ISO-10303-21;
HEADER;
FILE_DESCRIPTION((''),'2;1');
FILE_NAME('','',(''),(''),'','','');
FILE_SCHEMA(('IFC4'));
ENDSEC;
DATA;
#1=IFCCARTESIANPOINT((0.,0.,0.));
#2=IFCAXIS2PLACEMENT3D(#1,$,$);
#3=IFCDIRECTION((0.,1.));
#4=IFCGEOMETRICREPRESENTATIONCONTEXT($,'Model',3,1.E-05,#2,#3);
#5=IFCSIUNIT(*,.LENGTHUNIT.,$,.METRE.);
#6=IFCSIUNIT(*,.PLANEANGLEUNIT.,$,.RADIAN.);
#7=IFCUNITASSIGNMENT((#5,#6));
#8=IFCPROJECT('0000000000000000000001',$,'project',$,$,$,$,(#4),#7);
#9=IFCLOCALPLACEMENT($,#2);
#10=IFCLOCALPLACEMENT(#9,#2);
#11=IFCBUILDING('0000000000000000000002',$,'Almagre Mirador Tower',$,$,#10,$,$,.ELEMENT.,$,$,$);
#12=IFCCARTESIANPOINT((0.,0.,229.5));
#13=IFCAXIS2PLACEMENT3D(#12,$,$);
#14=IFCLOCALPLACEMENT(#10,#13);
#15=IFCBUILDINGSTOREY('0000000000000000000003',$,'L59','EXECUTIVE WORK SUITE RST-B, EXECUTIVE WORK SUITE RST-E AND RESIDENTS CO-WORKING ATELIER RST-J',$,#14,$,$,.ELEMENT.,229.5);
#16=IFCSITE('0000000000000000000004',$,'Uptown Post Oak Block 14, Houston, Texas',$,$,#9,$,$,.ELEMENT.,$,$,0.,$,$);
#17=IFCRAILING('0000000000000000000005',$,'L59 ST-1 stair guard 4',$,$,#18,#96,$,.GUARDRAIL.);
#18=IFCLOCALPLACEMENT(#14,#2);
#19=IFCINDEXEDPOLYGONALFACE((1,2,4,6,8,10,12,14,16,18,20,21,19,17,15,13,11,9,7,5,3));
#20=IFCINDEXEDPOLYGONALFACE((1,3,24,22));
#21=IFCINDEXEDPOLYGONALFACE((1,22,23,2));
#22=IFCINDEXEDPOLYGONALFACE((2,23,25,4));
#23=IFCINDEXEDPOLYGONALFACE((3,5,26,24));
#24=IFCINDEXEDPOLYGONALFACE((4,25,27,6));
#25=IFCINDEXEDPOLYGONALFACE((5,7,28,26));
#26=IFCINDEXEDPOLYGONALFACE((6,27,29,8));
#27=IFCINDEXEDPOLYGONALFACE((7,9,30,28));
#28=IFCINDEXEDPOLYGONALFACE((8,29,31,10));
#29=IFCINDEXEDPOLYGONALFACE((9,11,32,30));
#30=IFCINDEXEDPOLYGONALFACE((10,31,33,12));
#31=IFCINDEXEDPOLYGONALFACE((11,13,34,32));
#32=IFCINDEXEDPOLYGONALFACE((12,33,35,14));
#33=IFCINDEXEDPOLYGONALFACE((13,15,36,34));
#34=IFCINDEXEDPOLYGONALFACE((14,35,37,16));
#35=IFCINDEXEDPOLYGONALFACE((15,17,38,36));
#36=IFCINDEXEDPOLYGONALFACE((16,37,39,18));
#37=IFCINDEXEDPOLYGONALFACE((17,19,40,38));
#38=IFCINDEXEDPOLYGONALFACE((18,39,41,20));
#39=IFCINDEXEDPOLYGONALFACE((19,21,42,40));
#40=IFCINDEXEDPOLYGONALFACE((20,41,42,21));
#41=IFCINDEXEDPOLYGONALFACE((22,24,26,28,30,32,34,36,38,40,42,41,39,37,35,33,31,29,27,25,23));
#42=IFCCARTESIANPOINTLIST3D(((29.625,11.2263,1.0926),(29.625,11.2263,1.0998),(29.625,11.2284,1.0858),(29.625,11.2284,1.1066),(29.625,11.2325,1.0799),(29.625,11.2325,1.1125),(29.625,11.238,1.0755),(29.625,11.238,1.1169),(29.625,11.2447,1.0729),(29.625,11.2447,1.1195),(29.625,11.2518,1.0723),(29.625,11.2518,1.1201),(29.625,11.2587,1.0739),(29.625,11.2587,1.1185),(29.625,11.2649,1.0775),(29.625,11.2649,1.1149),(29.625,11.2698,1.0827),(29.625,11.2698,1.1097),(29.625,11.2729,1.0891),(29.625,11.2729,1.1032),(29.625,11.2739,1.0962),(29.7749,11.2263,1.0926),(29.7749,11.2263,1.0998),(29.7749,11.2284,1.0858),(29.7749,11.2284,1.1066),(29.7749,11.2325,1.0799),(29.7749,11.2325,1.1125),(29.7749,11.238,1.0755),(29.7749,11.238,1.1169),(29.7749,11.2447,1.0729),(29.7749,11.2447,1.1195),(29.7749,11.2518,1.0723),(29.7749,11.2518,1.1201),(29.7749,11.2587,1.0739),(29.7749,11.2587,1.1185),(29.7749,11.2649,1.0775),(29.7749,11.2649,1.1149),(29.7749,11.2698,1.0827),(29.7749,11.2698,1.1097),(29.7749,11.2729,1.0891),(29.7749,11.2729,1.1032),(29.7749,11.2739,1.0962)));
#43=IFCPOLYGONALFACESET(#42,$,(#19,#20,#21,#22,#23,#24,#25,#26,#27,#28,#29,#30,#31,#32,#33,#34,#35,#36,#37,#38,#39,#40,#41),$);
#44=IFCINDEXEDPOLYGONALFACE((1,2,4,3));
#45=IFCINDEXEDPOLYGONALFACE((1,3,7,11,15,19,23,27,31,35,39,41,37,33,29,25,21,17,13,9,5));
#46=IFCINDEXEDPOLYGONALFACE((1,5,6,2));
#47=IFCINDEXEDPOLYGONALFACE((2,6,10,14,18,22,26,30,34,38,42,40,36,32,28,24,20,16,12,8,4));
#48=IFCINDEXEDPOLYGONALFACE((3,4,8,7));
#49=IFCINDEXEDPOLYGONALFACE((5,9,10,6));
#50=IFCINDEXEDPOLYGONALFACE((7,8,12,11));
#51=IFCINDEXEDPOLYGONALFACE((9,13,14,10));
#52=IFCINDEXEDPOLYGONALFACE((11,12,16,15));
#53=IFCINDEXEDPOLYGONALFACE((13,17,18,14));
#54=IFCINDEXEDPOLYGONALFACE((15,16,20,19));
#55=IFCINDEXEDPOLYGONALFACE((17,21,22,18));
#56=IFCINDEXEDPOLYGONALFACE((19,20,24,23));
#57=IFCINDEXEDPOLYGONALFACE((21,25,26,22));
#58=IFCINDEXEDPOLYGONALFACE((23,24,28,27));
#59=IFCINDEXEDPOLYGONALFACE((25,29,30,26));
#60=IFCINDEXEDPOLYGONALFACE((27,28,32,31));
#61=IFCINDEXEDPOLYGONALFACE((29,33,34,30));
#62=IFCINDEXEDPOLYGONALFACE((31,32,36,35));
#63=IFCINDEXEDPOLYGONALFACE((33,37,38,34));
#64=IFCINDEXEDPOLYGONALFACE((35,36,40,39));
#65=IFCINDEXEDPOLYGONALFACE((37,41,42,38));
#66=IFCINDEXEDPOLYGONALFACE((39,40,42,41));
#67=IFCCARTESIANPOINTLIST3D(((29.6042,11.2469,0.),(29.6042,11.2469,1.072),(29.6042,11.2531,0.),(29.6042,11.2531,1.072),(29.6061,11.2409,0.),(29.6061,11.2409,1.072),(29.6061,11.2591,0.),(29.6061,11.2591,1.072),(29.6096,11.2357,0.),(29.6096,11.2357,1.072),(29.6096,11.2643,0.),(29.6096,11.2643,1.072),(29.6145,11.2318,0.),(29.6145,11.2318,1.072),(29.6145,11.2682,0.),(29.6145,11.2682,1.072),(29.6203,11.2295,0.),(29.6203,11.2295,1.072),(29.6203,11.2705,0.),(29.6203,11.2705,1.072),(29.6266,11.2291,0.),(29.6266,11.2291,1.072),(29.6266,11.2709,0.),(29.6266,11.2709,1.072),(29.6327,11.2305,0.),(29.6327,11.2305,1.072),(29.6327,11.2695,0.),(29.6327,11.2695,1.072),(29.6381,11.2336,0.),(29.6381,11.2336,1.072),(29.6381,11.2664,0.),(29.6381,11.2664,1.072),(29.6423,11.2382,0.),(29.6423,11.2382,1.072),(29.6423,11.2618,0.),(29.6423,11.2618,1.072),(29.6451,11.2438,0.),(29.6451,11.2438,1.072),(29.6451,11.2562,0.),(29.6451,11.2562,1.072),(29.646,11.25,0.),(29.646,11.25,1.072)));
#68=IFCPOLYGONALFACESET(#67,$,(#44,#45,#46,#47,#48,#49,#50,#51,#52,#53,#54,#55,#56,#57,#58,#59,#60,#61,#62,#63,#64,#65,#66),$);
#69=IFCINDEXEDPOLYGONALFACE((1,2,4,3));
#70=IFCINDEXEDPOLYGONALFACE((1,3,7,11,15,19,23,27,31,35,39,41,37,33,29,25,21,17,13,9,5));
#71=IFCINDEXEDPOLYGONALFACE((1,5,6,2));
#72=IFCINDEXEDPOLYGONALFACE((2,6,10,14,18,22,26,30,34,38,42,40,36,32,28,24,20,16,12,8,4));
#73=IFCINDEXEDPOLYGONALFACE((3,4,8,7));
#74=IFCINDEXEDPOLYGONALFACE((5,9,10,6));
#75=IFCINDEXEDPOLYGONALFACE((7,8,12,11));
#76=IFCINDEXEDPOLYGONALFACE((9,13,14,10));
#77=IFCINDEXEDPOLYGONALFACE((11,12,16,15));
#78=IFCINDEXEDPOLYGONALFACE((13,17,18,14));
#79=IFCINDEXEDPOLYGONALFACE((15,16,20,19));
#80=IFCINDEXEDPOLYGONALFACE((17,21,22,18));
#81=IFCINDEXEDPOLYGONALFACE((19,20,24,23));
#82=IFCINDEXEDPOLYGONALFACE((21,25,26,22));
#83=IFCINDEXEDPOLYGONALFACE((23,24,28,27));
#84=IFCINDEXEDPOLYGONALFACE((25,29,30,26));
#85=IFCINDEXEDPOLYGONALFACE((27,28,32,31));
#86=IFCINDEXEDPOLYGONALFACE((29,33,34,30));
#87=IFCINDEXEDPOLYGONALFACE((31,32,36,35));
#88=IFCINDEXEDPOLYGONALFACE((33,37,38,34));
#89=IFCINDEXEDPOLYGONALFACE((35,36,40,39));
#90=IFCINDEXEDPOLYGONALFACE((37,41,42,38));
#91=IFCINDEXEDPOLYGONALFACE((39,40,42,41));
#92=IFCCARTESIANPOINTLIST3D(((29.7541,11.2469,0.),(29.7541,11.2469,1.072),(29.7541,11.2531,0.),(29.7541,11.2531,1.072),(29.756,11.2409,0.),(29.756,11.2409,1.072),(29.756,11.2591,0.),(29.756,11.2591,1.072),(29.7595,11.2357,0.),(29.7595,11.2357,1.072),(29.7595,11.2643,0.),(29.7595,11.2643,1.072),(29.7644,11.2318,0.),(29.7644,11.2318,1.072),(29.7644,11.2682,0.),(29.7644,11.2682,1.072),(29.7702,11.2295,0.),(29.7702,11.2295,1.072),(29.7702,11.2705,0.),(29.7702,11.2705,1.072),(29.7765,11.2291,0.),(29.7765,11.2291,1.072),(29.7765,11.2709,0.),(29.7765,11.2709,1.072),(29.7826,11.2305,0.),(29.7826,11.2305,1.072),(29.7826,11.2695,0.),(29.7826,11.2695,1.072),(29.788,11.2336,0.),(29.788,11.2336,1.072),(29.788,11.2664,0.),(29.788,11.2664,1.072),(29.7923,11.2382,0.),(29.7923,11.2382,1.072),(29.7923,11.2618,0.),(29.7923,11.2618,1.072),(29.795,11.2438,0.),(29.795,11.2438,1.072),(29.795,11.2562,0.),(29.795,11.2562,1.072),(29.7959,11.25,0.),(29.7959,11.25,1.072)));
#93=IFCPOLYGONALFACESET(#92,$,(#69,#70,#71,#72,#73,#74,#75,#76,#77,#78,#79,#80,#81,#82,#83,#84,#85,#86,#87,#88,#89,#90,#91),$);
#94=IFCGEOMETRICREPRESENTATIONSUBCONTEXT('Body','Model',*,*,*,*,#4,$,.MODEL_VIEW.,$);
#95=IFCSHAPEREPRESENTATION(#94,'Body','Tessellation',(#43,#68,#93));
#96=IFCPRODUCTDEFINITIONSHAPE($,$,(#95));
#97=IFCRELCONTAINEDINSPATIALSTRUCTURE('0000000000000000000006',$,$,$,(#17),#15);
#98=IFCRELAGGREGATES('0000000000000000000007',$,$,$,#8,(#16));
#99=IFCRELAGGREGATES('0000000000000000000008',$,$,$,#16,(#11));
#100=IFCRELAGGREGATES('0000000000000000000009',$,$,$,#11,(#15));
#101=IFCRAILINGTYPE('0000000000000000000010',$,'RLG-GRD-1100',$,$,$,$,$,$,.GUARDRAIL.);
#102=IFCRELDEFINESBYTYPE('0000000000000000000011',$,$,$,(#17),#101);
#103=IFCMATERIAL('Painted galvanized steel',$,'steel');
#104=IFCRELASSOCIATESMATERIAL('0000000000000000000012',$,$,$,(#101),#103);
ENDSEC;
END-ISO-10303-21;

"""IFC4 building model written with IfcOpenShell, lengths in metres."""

from ifc_helpers import new_model, si_unit, direction, frame, origin, origin_2d, place, context, subcontext, project, spatial, circle, extrude, material, type_object, element, save


model = new_model("IFC4")

# Units and contexts
model_context = context("Model", 3, precision=1e-05, world=origin(), true_north=direction((0.0, 1.0)))
body_context = subcontext(model_context, "Body", "Model", "MODEL_VIEW")
ifc_project = project(units=[si_unit("LENGTHUNIT", "METRE"), si_unit("PLANEANGLEUNIT", "RADIAN")], contexts=[model_context])

# Site, building, storey
site_placement = place(None, origin())
site = spatial("IfcSite", under=ifc_project, at=site_placement, Name="Uptown Post Oak Block 14, Houston, Texas", CompositionType="ELEMENT", RefElevation=0.0)
building_placement = place(site_placement, origin())
building = spatial("IfcBuilding", under=site, at=building_placement, Name="Almagre Mirador Tower", CompositionType="ELEMENT")
storey_placement = place(building_placement, frame((0.0, 0.0, 229.5)))
storey = spatial("IfcBuildingStorey", under=building, at=storey_placement, Name="L59", Description="EXECUTIVE WORK SUITE RST-B, EXECUTIVE WORK SUITE RST-E AND RESIDENTS CO-WORKING ATELIER RST-J", CompositionType="ELEMENT", Elevation=229.5)

# Railing
ifc_material_1 = material(Name="Painted galvanized steel", Category="steel")
railing_type_1 = type_object("IfcRailingType", Name="RLG-GRD-1100", PredefinedType="GUARDRAIL", material=ifc_material_1)
railing_1_placement = place(storey_placement, frame((29.625, 11.25, 0.0)))
element("IfcRailing", 1, at=railing_1_placement, inside=storey, type_object=railing_type_1, Name="L59 ST-1 stair guard 4", PredefinedType="GUARDRAIL", context=body_context, shape_type="SweptSolid", body=[
    extrude(circle(Radius=0.0239, at=origin_2d()), frame((0.0, 0.0, 1.0962), z_axis=(1.0, 0.0, 0.0), x_axis=(0.0, 1.0, 0.0)), (0.0, 0.0, 1.0), 0.1499),
    extrude(circle(Radius=0.021, at=origin_2d()), origin(), (0.0, 0.0, 1.0), 1.072),
    extrude(circle(Radius=0.021, at=origin_2d()), frame((0.1499, 0.0, 0.0)), (0.0, 0.0, 1.0), 1.072),
])

save(model, "model.ifc")
